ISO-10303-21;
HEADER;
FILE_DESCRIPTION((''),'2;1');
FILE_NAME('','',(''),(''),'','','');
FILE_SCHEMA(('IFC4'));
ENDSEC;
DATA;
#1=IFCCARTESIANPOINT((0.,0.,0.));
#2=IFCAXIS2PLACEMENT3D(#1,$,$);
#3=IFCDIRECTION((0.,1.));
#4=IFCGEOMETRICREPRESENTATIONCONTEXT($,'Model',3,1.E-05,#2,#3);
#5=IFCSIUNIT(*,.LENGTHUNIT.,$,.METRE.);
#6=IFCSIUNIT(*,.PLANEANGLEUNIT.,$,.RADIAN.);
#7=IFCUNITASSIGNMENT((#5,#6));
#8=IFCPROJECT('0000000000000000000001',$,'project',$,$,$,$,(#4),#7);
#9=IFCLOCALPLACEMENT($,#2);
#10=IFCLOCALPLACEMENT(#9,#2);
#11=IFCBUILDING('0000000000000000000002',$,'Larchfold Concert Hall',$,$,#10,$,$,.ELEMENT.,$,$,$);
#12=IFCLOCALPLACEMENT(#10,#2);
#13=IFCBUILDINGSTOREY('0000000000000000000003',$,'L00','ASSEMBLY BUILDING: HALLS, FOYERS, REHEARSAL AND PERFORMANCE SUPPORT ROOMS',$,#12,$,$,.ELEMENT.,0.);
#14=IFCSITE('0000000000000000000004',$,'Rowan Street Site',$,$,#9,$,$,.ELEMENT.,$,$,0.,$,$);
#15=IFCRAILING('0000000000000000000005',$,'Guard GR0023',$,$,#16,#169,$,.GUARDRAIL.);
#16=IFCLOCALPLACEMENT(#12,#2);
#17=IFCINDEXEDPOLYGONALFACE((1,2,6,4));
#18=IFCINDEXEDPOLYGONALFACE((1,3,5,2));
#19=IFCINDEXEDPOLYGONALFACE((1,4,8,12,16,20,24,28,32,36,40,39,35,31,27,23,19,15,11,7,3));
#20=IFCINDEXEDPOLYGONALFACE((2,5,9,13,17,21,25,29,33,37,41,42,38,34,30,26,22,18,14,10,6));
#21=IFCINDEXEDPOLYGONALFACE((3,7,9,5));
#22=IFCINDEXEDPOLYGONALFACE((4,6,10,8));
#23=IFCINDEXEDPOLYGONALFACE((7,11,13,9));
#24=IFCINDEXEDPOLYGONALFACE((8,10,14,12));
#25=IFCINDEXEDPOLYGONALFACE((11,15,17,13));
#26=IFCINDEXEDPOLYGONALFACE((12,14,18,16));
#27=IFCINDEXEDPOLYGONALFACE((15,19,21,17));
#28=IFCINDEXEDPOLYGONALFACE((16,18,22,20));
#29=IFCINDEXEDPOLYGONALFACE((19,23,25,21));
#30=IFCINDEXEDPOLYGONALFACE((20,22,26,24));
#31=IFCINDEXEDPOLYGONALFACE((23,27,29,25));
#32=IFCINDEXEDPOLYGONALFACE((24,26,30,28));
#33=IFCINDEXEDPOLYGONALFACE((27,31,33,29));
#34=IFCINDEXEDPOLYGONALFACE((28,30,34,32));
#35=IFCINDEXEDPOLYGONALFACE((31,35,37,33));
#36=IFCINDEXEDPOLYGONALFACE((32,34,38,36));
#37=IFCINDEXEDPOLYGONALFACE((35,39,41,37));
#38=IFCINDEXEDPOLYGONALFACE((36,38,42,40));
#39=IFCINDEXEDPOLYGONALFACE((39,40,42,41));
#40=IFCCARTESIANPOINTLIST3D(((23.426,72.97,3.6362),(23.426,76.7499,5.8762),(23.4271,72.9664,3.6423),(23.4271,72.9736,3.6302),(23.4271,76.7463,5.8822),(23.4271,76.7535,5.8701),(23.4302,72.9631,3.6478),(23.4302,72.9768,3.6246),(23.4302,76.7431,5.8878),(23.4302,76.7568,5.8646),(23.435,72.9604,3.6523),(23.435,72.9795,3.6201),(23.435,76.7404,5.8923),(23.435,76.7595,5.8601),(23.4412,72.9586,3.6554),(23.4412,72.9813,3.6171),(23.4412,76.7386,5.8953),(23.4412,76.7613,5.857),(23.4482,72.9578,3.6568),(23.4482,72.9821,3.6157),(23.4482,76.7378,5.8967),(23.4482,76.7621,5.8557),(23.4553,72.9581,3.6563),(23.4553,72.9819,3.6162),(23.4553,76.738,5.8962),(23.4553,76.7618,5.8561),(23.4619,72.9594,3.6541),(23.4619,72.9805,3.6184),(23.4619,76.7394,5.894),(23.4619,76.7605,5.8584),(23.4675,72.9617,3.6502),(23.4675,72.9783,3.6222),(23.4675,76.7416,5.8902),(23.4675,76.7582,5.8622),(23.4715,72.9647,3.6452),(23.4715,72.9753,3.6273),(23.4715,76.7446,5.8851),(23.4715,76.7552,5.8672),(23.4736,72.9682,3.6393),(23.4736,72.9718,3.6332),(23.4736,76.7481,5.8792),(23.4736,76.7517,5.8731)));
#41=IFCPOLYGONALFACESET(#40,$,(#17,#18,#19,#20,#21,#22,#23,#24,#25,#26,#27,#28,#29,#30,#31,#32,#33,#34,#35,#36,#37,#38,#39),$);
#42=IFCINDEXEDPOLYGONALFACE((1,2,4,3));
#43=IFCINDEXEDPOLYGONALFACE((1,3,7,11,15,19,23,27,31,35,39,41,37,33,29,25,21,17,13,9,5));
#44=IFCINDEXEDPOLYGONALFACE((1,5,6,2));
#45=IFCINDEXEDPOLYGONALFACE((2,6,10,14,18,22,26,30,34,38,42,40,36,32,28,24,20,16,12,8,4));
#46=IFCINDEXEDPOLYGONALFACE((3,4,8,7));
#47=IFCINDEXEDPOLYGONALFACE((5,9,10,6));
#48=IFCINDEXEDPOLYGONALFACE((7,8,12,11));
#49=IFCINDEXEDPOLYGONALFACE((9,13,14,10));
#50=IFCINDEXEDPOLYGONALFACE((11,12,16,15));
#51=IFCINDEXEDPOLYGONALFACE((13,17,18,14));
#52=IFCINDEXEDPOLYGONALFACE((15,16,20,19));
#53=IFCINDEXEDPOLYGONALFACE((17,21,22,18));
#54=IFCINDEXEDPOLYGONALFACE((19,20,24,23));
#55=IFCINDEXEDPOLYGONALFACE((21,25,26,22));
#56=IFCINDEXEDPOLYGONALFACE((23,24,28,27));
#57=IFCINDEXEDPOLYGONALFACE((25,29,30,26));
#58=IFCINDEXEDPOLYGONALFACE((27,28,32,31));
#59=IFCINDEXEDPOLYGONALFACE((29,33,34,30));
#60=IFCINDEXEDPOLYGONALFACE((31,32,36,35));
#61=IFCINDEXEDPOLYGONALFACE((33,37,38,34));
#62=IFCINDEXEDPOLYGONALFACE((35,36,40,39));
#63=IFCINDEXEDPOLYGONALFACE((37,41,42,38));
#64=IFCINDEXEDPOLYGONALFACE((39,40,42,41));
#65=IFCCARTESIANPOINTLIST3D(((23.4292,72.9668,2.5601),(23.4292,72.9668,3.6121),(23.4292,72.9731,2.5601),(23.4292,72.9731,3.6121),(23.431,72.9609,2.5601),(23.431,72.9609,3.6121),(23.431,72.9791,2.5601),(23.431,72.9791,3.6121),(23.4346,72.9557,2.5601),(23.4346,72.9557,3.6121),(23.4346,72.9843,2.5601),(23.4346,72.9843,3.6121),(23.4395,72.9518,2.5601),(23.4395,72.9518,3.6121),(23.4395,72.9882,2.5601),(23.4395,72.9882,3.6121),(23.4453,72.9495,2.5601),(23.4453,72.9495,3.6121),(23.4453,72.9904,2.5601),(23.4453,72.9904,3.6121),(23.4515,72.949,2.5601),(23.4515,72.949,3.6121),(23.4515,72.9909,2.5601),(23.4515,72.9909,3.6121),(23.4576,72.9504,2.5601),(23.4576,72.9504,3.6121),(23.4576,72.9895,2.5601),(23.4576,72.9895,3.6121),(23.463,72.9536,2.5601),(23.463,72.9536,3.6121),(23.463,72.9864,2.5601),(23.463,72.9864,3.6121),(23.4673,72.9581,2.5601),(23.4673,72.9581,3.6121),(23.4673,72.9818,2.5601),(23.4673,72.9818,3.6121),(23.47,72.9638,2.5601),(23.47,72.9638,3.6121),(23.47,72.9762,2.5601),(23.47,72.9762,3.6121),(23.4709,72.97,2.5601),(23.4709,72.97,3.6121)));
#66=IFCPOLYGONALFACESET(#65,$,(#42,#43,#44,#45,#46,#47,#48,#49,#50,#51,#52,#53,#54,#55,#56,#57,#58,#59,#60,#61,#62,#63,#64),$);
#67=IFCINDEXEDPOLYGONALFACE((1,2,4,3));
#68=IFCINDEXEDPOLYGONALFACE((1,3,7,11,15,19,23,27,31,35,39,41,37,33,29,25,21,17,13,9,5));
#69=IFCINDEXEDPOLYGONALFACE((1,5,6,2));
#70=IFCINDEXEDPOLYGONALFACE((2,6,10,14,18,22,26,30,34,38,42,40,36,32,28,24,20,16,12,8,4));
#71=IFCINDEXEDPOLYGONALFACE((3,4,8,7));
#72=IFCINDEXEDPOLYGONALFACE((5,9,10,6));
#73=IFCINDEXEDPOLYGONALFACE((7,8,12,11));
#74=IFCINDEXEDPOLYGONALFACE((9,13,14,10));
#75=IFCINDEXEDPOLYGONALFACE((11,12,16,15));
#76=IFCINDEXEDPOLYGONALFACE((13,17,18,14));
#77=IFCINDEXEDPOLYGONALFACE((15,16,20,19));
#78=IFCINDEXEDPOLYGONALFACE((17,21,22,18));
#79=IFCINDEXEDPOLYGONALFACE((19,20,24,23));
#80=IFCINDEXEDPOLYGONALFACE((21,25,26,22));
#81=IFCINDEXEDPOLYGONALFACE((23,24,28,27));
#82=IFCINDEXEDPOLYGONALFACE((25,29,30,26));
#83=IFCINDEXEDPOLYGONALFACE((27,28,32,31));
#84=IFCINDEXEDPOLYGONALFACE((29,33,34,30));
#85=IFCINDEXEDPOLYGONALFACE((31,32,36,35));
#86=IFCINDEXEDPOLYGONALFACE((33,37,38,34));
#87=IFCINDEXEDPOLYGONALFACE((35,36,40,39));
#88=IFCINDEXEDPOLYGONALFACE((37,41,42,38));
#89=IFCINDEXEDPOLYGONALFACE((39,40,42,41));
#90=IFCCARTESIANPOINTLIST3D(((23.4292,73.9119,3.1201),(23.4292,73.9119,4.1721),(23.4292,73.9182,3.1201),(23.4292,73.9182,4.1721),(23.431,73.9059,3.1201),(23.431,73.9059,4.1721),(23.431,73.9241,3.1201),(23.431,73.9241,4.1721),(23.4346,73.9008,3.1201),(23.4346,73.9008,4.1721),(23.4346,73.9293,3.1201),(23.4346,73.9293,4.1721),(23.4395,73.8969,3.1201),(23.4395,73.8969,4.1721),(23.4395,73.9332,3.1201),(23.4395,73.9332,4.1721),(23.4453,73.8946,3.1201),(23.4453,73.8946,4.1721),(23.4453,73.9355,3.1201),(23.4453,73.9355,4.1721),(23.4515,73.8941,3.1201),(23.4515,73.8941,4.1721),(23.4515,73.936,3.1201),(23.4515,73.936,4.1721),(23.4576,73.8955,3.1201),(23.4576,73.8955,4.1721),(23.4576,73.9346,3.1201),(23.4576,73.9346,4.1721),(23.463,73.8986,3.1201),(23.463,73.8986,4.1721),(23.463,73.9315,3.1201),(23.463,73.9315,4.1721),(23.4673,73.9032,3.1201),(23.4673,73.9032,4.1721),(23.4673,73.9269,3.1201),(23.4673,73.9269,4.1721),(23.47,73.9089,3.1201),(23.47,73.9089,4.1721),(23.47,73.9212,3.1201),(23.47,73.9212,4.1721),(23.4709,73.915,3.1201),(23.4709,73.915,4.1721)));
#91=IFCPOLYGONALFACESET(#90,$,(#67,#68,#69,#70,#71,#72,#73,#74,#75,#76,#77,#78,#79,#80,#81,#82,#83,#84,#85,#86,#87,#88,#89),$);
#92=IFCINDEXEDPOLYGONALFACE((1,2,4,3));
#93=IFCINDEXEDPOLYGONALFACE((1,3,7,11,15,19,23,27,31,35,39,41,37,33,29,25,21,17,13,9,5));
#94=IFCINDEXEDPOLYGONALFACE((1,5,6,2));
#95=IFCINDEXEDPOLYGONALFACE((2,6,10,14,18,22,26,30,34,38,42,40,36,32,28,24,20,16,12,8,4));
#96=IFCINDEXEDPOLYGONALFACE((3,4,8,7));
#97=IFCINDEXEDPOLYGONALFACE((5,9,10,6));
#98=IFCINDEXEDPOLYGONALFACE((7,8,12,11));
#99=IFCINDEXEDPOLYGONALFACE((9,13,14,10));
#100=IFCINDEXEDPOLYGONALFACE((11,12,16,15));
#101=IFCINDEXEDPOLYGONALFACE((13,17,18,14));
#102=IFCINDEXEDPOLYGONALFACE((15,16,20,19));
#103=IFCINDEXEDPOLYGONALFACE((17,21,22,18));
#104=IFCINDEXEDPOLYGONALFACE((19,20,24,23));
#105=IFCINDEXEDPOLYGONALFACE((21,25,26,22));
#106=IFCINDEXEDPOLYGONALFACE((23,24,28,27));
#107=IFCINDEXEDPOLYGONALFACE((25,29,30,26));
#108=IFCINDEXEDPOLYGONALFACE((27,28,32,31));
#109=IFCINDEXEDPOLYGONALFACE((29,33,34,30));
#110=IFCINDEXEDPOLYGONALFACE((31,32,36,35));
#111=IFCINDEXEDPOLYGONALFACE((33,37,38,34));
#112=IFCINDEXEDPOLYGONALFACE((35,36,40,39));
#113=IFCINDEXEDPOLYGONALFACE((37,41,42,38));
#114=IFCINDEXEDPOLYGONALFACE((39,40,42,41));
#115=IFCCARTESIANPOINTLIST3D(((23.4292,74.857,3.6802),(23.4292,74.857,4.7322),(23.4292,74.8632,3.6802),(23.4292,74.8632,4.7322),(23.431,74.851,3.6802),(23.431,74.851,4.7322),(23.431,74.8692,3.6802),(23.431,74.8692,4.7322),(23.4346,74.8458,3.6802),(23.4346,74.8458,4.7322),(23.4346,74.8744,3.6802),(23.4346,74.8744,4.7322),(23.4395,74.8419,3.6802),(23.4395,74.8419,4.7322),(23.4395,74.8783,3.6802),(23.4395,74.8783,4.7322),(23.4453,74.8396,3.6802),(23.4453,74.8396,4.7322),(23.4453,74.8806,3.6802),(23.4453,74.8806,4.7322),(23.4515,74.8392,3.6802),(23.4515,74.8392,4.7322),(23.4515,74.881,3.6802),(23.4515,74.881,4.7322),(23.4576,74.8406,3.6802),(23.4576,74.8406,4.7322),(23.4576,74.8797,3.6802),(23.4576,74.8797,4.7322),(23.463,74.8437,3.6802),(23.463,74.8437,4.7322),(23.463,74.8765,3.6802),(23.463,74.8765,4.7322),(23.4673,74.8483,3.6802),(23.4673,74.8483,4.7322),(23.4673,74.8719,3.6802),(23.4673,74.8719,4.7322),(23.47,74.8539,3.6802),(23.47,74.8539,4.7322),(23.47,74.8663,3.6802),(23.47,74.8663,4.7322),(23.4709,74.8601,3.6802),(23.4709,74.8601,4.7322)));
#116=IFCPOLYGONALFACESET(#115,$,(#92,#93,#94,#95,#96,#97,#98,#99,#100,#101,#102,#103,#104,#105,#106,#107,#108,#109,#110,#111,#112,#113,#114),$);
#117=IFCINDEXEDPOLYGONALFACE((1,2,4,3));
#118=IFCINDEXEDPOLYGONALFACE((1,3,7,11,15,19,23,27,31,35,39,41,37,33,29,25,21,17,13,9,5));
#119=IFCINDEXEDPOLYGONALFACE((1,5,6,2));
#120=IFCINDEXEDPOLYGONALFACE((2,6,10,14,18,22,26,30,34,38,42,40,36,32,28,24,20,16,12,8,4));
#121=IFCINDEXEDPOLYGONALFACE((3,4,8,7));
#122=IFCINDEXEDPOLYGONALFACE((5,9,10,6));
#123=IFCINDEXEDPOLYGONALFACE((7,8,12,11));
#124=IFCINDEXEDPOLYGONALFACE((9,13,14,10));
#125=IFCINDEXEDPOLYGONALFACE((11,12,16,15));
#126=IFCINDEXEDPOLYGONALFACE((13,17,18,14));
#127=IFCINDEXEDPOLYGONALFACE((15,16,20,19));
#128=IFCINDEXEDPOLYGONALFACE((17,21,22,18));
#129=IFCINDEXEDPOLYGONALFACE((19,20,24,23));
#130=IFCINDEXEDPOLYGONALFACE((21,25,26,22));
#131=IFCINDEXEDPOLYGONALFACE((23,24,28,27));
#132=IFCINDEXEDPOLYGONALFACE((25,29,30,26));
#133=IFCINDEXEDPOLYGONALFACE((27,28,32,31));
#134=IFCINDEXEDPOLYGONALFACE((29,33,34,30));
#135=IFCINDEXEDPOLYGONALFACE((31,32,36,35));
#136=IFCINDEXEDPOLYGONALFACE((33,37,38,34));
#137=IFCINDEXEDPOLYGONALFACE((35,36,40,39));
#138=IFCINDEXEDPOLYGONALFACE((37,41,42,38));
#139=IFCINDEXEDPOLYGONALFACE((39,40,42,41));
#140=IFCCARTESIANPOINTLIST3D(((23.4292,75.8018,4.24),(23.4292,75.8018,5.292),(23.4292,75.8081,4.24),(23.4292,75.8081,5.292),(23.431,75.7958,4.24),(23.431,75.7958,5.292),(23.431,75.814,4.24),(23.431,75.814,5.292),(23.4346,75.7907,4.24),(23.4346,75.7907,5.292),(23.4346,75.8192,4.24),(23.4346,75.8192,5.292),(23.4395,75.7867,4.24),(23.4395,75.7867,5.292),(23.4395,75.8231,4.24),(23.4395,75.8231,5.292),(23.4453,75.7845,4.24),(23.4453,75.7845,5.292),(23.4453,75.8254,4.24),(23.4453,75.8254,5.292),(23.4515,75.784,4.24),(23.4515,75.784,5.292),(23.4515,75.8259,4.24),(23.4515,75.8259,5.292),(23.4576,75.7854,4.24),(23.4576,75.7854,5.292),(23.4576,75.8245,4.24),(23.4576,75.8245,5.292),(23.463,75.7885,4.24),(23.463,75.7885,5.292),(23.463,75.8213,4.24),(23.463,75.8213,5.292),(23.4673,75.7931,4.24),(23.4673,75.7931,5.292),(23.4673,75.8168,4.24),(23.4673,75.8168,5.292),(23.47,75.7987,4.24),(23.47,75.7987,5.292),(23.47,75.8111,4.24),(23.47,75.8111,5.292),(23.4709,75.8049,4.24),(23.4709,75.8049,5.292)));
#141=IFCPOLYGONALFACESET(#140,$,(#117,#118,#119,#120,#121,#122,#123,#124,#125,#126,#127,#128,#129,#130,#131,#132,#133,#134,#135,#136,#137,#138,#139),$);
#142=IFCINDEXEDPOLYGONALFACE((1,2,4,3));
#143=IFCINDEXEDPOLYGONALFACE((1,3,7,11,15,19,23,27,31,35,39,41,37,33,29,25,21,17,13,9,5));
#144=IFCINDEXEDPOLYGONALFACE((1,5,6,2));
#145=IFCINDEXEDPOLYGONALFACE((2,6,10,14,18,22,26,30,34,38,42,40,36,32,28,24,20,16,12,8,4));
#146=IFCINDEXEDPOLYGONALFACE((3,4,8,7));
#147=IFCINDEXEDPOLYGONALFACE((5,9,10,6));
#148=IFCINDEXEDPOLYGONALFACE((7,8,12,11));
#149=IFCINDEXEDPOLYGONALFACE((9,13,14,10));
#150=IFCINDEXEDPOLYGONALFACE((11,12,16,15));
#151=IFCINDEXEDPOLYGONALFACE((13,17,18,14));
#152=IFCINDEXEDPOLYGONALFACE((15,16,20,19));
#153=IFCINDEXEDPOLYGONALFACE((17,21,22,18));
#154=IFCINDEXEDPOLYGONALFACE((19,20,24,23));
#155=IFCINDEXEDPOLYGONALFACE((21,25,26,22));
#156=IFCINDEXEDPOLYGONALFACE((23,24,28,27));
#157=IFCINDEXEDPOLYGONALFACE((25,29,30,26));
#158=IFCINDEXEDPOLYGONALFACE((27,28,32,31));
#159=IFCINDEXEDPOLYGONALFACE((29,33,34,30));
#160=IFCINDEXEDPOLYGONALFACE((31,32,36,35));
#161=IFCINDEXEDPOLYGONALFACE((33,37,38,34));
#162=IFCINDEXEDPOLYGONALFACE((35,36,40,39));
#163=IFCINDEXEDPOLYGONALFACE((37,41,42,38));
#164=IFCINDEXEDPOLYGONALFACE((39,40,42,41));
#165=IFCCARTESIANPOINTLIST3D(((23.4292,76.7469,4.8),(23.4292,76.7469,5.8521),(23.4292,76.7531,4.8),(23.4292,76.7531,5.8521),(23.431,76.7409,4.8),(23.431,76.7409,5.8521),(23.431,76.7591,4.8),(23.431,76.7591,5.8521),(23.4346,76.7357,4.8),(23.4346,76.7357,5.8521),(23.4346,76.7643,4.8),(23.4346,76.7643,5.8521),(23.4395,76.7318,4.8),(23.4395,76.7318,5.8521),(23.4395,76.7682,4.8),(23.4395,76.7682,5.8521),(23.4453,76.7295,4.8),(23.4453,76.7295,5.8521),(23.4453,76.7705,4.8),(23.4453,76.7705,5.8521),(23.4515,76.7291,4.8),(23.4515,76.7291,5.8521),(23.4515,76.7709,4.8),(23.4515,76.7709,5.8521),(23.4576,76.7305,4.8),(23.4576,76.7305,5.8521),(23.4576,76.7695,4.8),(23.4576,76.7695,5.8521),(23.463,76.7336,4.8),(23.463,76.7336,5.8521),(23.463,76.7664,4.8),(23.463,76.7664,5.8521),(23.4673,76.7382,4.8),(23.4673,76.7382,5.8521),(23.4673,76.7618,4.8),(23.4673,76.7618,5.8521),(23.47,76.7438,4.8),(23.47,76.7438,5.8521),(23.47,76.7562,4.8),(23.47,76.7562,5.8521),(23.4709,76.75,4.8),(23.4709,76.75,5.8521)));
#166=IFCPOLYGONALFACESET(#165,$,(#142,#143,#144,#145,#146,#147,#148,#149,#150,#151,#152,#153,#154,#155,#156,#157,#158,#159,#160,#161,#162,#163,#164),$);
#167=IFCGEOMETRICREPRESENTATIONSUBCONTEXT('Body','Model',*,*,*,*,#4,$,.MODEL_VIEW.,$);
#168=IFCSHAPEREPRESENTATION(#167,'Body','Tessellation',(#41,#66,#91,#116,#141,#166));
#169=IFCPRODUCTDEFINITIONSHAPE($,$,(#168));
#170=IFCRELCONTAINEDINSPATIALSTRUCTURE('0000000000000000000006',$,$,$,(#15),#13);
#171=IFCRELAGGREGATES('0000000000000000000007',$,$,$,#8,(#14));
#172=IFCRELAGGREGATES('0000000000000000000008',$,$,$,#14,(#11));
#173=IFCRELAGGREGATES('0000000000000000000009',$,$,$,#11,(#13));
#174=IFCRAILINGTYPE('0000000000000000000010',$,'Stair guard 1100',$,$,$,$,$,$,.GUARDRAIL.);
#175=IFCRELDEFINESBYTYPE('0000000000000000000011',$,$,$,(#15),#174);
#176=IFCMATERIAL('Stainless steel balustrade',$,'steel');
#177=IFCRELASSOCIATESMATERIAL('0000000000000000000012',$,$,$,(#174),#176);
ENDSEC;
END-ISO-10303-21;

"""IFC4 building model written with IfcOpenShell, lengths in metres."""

from ifc_helpers import new_model, si_unit, direction, frame, origin, origin_2d, place, context, subcontext, project, spatial, circle, extrude, material, type_object, element, save


model = new_model("IFC4")

# Units and contexts
model_context = context("Model", 3, precision=1e-05, world=origin(), true_north=direction((0.0, 1.0)))
body_context = subcontext(model_context, "Body", "Model", "MODEL_VIEW")
ifc_project = project(units=[si_unit("LENGTHUNIT", "METRE"), si_unit("PLANEANGLEUNIT", "RADIAN")], contexts=[model_context])

# Site, building, storey
site_placement = place(None, origin())
site = spatial("IfcSite", under=ifc_project, at=site_placement, Name="Rowan Street Site", CompositionType="ELEMENT", RefElevation=0.0)
building_placement = place(site_placement, origin())
building = spatial("IfcBuilding", under=site, at=building_placement, Name="Larchfold Concert Hall", CompositionType="ELEMENT")
storey_placement = place(building_placement, origin())
storey = spatial("IfcBuildingStorey", under=building, at=storey_placement, Name="L00", Description="ASSEMBLY BUILDING: HALLS, FOYERS, REHEARSAL AND PERFORMANCE SUPPORT ROOMS", CompositionType="ELEMENT", Elevation=0.0)

# Railing
ifc_material_1 = material(Name="Stainless steel balustrade", Category="steel")
railing_type_1 = type_object("IfcRailingType", Name="Stair guard 1100", PredefinedType="GUARDRAIL", material=ifc_material_1)
railing_1_placement = place(storey_placement, frame((23.45, 72.97, 2.5601)))
element("IfcRailing", 1, at=railing_1_placement, inside=storey, type_object=railing_type_1, Name="Guard GR0023", PredefinedType="GUARDRAIL", context=body_context, shape_type="SweptSolid", body=[
    extrude(circle(Radius=0.0239, at=origin_2d()), frame((0.0, 0.0, 1.0762), z_axis=(0.0, 0.860294, 0.509798), x_axis=(-1.0, 0.0, 0.0)), (0.0, 0.0, 1.0), 4.3938),
    extrude(circle(Radius=0.021, at=origin_2d()), origin(), (0.0, 0.0, 1.0), 1.052),
    extrude(circle(Radius=0.021, at=origin_2d()), frame((0.0, 0.9451, 0.5601)), (0.0, 0.0, 1.0), 1.052),
    extrude(circle(Radius=0.021, at=origin_2d()), frame((0.0, 1.8901, 1.1201)), (0.0, 0.0, 1.0), 1.052),
    extrude(circle(Radius=0.021, at=origin_2d()), frame((0.0, 2.835, 1.6799)), (0.0, 0.0, 1.0), 1.052),
    extrude(circle(Radius=0.021, at=origin_2d()), frame((0.0, 3.78, 2.24)), (0.0, 0.0, 1.0), 1.052),
])

save(model, "model.ifc")
